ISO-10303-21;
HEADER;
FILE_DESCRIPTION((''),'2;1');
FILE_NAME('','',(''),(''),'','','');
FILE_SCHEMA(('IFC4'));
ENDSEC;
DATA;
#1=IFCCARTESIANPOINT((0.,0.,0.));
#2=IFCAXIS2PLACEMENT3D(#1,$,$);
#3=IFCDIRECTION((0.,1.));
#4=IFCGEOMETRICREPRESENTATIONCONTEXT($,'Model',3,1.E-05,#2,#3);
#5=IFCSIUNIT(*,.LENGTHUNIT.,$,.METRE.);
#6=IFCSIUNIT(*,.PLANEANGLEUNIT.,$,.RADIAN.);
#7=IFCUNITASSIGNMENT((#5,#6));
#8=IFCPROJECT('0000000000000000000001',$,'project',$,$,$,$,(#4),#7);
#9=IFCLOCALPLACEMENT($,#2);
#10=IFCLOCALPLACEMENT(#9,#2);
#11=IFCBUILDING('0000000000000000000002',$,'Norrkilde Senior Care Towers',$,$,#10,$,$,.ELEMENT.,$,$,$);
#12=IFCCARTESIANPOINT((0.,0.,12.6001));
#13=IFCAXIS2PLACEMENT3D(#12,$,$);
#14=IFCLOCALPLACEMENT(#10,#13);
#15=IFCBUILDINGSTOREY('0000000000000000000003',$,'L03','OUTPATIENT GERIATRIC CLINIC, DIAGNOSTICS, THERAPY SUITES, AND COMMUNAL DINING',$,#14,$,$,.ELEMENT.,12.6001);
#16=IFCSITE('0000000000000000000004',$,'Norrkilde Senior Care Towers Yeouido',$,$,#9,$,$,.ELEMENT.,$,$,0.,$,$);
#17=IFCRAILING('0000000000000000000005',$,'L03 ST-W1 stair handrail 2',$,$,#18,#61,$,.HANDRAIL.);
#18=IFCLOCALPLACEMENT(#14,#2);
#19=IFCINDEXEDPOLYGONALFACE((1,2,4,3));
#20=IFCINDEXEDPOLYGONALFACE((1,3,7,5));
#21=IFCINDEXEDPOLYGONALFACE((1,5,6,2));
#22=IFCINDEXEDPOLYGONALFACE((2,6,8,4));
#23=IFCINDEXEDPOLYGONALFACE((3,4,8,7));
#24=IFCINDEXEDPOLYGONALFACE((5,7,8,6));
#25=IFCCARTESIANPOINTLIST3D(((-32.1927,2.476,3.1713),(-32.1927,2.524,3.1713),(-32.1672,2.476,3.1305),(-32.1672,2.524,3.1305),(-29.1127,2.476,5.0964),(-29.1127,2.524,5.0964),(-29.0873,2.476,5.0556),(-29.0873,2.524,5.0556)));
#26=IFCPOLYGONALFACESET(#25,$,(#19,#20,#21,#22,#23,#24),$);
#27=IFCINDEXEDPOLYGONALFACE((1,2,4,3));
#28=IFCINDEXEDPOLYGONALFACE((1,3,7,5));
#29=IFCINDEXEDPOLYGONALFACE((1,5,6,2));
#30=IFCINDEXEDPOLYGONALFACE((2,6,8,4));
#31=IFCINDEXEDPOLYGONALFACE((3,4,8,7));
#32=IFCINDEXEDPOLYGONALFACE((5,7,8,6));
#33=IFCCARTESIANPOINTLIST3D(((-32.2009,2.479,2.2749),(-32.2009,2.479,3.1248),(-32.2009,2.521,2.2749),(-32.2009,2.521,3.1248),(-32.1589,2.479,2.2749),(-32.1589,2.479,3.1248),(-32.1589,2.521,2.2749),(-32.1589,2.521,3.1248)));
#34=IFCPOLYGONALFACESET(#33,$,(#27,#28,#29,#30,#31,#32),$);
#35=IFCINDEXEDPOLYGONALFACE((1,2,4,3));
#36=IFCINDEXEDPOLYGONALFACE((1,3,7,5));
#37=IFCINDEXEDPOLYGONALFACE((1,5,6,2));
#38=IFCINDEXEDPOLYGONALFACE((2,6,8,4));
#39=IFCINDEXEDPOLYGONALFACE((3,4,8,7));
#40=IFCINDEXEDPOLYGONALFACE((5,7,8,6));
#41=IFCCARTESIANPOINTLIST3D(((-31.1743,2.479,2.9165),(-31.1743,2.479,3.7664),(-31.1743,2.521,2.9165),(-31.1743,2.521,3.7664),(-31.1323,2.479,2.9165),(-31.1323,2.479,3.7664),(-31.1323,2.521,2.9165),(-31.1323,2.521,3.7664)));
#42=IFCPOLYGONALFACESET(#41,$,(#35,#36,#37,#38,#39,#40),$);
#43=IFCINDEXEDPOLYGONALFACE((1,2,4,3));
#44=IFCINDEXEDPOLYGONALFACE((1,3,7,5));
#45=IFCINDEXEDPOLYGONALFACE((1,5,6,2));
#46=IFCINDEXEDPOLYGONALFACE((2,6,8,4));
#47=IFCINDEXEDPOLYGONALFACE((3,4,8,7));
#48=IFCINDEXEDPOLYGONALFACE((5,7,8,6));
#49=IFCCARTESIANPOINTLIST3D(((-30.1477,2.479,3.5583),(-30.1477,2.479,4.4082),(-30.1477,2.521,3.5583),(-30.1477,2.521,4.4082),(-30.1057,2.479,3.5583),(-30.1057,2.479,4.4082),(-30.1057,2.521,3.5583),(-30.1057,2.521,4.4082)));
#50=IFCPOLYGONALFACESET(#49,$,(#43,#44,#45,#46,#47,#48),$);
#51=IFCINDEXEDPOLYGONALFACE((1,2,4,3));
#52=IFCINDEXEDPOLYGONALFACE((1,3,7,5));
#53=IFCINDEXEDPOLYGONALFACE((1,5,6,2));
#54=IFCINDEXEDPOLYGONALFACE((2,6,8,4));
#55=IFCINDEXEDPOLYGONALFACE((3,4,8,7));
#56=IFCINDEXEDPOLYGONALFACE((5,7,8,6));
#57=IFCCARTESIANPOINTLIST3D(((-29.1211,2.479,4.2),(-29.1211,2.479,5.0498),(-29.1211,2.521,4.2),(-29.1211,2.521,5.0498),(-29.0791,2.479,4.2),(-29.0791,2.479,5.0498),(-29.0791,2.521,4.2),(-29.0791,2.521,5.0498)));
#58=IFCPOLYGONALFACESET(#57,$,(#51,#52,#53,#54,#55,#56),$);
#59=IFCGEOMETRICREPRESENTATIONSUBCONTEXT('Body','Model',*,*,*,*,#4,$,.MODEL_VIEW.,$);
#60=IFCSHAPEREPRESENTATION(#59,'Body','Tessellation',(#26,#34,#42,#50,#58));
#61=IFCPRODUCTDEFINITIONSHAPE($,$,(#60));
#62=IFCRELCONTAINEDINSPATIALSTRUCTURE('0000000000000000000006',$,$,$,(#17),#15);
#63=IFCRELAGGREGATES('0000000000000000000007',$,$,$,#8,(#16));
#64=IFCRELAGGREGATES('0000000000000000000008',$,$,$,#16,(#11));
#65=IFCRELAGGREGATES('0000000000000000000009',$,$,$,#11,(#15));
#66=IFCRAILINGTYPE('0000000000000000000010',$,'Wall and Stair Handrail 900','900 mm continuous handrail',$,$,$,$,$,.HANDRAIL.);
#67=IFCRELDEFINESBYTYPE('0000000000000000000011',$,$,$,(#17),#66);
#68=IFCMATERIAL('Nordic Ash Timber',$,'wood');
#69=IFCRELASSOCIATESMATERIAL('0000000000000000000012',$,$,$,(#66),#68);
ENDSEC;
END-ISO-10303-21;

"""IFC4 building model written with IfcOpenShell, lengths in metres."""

from ifc_helpers import new_model, si_unit, direction, frame, origin, origin_2d, place, context, subcontext, project, spatial, rectangle, extrude, material, type_object, element, save


model = new_model("IFC4")

# Units and contexts
model_context = context("Model", 3, precision=1e-05, world=origin(), true_north=direction((0.0, 1.0)))
body_context = subcontext(model_context, "Body", "Model", "MODEL_VIEW")
ifc_project = project(units=[si_unit("LENGTHUNIT", "METRE"), si_unit("PLANEANGLEUNIT", "RADIAN")], contexts=[model_context])

# Site, building, storey
site_placement = place(None, origin())
site = spatial("IfcSite", under=ifc_project, at=site_placement, Name="Norrkilde Senior Care Towers Yeouido", CompositionType="ELEMENT", RefElevation=0.0)
building_placement = place(site_placement, origin())
building = spatial("IfcBuilding", under=site, at=building_placement, Name="Norrkilde Senior Care Towers", CompositionType="ELEMENT")
storey_placement = place(building_placement, frame((0.0, 0.0, 12.6001)))
storey = spatial("IfcBuildingStorey", under=building, at=storey_placement, Name="L03", Description="OUTPATIENT GERIATRIC CLINIC, DIAGNOSTICS, THERAPY SUITES, AND COMMUNAL DINING", CompositionType="ELEMENT", Elevation=12.6001)

# Railing
ifc_material_1 = material(Name="Nordic Ash Timber", Category="wood")
railing_type_1 = type_object("IfcRailingType", Name="Wall and Stair Handrail 900", Description="900 mm continuous handrail", PredefinedType="HANDRAIL", material=ifc_material_1)
railing_1_placement = place(storey_placement, frame((-32.1799, 2.5, 2.2749)))
element("IfcRailing", 1, at=railing_1_placement, inside=storey, type_object=railing_type_1, Name="L03 ST-W1 stair handrail 2", PredefinedType="HANDRAIL", context=body_context, shape_type="SweptSolid", body=[
    extrude(rectangle(XDim=0.0481, YDim=0.0481, at=origin_2d()), frame((0.0, 0.0, 0.876), z_axis=(0.847979, 0.0, 0.530029), x_axis=(0.0, 1.0, 0.0)), (0.0, 0.0, 1.0), 3.6321),
    extrude(rectangle(XDim=0.042, YDim=0.042, at=origin_2d()), origin(), (0.0, 0.0, 1.0), 0.8499),
    extrude(rectangle(XDim=0.042, YDim=0.042, at=origin_2d()), frame((1.0266, 0.0, 0.6416)), (0.0, 0.0, 1.0), 0.8499),
    extrude(rectangle(XDim=0.042, YDim=0.042, at=origin_2d()), frame((2.0532, 0.0, 1.2834)), (0.0, 0.0, 1.0), 0.8499),
    extrude(rectangle(XDim=0.042, YDim=0.042, at=origin_2d()), frame((3.0798, 0.0, 1.925)), (0.0, 0.0, 1.0), 0.8499),
])

save(model, "model.ifc")
